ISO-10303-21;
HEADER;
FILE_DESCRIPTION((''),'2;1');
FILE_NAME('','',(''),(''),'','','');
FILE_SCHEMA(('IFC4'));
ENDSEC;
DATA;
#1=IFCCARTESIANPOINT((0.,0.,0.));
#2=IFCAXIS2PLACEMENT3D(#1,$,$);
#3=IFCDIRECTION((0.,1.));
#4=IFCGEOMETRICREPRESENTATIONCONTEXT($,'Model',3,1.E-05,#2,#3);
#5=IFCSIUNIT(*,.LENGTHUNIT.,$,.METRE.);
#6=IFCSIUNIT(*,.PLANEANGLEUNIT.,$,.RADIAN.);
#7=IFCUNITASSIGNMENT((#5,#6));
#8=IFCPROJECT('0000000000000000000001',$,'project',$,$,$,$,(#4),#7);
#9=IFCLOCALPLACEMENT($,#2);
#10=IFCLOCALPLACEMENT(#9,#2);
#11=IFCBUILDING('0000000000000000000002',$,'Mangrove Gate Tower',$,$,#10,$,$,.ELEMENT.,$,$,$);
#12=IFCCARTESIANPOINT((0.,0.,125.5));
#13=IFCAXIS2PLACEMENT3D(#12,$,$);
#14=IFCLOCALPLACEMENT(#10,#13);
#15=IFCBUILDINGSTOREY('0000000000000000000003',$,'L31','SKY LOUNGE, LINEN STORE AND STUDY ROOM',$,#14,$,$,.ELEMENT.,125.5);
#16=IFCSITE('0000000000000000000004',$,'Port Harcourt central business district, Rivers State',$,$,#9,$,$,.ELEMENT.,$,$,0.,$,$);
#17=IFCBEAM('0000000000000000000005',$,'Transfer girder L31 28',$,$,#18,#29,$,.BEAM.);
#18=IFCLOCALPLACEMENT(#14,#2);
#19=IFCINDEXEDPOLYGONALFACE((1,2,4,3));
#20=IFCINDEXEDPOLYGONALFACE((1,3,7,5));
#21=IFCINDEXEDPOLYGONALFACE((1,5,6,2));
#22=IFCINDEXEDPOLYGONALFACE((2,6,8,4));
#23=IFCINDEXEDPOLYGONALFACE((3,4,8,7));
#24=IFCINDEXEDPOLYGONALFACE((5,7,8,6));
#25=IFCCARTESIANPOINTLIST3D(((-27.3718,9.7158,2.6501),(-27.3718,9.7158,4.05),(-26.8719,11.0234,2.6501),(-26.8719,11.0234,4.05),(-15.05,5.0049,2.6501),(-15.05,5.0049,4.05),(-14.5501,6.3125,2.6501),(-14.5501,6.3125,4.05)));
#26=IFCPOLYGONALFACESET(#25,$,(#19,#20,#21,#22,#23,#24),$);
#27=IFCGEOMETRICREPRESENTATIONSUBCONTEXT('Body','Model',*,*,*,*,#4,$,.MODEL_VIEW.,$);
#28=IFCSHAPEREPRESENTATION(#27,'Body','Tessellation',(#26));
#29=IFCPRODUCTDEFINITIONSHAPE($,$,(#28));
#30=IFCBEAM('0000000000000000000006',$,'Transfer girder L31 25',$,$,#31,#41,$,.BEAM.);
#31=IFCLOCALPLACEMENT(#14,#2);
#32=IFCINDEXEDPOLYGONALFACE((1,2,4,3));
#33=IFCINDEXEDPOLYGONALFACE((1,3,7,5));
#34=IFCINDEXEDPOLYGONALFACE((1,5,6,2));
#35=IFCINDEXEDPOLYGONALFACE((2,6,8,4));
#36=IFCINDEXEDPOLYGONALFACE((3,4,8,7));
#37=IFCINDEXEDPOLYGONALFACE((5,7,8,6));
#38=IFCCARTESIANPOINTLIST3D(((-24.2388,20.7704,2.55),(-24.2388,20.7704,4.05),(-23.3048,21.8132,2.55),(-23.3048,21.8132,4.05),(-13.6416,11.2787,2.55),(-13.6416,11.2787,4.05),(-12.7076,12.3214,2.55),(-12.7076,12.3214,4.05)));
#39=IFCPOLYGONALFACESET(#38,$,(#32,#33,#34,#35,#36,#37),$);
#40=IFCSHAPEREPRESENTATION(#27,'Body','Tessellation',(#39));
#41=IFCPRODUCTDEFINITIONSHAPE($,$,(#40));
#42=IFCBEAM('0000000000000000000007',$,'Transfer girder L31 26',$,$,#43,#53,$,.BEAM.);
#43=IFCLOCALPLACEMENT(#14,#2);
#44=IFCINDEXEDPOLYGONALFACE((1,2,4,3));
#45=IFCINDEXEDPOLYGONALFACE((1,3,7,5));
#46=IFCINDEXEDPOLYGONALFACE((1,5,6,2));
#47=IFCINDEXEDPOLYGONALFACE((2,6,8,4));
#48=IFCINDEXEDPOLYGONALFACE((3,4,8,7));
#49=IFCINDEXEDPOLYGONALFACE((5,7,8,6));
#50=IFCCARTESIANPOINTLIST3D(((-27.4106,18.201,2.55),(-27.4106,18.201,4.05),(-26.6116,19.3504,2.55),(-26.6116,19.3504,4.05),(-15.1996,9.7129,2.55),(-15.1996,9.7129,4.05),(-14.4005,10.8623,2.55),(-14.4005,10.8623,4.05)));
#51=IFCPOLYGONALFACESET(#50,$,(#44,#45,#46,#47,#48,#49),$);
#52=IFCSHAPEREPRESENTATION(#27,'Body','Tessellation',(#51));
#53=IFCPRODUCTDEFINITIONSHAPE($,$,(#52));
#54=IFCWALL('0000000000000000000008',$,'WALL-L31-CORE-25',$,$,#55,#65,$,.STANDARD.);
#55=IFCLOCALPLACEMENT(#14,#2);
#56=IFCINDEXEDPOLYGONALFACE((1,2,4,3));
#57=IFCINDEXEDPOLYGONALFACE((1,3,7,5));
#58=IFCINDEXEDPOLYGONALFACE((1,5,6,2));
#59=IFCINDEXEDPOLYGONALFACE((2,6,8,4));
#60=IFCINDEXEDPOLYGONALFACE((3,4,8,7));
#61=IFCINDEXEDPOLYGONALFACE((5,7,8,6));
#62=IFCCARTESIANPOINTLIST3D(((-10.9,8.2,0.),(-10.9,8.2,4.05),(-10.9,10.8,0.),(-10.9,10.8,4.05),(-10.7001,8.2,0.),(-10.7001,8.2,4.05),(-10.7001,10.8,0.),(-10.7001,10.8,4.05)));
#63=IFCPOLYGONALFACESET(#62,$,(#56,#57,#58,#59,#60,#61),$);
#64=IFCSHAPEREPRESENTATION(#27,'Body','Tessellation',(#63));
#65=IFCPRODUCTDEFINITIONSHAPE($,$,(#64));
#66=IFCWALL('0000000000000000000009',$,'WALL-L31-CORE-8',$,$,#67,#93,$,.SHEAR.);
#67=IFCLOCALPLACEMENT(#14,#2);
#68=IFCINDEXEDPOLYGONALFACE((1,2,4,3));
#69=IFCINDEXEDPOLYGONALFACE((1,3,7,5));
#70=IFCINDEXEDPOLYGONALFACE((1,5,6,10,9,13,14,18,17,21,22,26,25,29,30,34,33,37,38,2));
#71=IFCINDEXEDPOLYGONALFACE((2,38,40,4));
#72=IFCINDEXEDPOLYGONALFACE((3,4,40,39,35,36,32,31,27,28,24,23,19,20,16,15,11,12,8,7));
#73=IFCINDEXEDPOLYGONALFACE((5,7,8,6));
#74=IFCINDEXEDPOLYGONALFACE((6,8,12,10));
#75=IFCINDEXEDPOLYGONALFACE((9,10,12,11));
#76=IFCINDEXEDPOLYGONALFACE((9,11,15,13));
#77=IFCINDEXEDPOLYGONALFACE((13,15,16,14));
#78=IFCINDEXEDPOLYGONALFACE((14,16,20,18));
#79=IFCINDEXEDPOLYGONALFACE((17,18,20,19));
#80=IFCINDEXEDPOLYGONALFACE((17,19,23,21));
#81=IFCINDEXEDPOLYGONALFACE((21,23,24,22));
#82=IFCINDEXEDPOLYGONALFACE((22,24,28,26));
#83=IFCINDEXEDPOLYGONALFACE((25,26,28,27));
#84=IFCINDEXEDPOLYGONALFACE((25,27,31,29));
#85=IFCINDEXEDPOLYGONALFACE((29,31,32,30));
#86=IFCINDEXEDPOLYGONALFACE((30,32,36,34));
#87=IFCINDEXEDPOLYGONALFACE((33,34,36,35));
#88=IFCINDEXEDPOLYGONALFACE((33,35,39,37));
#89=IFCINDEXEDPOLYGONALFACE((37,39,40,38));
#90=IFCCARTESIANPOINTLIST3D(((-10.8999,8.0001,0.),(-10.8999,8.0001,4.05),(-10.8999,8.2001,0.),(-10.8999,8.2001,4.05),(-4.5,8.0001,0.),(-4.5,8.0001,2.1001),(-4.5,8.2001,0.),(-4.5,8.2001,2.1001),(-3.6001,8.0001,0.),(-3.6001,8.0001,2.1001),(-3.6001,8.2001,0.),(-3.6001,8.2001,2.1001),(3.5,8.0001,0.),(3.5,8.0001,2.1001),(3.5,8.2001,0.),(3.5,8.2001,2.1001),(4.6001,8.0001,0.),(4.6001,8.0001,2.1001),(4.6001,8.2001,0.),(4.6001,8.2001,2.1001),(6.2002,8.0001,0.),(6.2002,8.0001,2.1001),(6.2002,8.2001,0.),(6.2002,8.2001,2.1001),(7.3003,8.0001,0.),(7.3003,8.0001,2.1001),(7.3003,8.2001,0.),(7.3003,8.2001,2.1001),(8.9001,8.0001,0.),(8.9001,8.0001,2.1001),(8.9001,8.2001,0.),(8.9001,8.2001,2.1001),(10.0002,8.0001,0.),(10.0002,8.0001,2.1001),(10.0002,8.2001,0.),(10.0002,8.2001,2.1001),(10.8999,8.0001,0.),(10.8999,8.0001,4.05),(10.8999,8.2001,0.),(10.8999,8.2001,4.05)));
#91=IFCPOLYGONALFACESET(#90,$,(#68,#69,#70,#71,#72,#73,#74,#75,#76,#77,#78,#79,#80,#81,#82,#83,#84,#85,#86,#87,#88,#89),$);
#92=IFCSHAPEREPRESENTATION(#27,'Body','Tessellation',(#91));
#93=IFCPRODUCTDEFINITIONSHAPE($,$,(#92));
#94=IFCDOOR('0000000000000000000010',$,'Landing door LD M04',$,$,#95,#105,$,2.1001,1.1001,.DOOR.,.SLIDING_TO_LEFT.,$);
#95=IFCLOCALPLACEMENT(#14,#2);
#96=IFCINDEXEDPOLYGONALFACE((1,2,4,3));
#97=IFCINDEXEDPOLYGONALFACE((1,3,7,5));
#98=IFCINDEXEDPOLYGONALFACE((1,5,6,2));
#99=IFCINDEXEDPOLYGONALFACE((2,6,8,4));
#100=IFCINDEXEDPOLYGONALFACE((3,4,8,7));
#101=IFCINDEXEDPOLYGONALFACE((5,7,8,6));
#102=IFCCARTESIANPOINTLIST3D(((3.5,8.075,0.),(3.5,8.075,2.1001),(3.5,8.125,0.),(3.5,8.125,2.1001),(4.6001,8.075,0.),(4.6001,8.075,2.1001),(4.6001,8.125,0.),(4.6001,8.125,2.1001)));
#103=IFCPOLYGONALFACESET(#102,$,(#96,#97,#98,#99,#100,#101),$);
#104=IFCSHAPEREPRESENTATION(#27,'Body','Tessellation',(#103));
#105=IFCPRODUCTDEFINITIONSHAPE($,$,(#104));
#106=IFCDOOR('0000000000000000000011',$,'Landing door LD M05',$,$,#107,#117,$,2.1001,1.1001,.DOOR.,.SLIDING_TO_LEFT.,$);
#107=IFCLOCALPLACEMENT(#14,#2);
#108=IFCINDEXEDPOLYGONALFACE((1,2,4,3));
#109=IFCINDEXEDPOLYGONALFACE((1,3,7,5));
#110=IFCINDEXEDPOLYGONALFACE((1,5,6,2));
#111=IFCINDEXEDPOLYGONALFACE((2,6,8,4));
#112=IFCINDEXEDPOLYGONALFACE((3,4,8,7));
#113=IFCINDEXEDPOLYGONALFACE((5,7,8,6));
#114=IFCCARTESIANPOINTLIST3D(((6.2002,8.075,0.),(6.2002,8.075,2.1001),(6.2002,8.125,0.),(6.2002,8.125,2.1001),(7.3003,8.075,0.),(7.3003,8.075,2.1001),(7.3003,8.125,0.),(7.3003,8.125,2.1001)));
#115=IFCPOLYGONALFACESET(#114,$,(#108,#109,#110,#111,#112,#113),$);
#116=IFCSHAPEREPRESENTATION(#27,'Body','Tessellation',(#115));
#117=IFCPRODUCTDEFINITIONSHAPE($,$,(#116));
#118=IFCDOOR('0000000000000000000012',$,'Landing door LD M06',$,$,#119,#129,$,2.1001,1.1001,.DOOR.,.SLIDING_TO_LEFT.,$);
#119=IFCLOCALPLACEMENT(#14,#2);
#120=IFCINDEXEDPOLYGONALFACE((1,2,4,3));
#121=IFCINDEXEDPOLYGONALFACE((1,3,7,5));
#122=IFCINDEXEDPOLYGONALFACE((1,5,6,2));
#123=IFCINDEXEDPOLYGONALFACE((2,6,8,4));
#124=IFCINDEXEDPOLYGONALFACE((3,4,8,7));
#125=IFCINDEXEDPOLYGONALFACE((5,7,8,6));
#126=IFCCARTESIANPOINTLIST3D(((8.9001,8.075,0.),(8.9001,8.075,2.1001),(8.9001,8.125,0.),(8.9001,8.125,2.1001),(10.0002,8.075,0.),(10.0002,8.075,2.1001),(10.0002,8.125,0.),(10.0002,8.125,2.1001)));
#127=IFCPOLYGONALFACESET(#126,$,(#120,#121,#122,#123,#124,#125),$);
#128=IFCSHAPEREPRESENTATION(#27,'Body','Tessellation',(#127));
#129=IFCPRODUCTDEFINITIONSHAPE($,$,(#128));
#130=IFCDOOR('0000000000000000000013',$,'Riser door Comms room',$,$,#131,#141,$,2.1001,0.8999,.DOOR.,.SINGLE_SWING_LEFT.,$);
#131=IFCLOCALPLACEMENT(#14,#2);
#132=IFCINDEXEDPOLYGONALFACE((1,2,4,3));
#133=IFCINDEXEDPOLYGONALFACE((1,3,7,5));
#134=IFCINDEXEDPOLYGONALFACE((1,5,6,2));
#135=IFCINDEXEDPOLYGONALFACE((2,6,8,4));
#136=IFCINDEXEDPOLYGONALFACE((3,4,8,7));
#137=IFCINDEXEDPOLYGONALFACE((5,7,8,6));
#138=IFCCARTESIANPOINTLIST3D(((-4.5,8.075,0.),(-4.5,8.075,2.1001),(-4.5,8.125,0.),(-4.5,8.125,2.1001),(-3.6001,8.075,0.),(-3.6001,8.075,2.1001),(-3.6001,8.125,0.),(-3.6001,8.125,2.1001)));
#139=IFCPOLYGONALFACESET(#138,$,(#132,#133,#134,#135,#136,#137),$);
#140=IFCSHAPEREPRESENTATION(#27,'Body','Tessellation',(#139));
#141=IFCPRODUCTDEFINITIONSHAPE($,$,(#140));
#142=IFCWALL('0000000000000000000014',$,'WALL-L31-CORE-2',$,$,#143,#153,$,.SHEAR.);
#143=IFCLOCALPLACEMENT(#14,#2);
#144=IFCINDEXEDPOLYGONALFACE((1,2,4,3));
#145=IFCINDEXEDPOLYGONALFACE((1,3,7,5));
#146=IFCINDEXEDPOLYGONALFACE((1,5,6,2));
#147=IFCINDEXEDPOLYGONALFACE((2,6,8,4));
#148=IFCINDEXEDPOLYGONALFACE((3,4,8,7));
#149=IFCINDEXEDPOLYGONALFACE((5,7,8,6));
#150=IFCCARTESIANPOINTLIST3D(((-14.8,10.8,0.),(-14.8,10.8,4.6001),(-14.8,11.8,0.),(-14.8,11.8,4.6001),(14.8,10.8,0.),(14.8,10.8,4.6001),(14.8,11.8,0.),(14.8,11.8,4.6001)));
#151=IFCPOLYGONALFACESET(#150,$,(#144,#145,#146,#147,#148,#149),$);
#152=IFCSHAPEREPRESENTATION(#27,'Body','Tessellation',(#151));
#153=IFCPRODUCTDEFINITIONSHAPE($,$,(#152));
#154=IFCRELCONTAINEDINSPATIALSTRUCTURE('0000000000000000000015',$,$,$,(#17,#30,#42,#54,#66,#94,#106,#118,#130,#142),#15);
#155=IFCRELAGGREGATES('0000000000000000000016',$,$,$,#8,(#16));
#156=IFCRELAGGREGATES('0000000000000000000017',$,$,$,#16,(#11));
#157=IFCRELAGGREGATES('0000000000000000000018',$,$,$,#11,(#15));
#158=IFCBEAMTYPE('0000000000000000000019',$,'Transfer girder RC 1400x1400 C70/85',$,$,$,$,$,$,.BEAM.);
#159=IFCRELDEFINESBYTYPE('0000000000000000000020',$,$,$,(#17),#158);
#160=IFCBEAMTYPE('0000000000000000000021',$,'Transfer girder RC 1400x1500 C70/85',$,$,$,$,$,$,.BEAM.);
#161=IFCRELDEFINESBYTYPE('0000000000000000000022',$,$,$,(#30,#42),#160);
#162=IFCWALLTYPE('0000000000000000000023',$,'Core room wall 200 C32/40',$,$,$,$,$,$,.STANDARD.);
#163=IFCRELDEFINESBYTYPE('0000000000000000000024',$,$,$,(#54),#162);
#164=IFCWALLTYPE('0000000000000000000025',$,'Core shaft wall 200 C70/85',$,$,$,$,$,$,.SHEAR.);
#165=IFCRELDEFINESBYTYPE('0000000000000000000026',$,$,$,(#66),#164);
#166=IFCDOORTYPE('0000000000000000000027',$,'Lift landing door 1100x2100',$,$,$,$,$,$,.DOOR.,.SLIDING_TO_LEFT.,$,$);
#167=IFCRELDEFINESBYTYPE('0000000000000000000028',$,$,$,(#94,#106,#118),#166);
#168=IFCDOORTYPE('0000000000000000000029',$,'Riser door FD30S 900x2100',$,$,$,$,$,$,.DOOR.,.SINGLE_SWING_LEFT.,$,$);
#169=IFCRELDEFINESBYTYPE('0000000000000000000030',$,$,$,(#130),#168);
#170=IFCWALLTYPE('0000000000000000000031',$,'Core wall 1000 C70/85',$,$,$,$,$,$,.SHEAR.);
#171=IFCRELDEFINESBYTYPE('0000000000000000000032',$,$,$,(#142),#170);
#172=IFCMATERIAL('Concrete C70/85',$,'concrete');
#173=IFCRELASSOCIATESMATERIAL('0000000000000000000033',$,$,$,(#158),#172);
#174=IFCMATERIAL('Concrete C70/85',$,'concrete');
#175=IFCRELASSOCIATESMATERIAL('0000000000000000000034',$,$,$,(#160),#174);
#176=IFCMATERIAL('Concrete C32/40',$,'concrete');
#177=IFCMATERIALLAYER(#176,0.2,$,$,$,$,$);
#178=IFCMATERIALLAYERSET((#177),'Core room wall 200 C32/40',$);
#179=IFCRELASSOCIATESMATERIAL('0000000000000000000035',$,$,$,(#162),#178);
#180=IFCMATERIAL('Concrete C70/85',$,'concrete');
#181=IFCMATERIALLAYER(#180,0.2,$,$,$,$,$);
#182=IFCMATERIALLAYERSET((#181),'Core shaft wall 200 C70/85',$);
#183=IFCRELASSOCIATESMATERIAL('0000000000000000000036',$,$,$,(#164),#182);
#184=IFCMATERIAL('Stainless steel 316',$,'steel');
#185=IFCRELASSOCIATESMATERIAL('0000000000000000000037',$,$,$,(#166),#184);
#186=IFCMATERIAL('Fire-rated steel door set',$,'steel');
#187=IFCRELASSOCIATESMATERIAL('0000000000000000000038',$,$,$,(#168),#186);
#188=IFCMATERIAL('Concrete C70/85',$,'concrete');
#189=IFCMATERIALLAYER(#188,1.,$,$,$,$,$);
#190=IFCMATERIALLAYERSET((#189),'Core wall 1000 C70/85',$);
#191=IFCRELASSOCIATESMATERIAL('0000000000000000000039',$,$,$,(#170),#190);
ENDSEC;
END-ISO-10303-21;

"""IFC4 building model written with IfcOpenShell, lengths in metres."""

from ifc_helpers import new_model, si_unit, direction, frame, frame_2d, origin, origin_2d, place, context, subcontext, project, spatial, rectangle, extrude, material, layer, layer_set, material_profile, profile_set, type_object, element, fill, save


model = new_model("IFC4")

# Units and contexts
model_context = context("Model", 3, precision=1e-05, world=origin(), true_north=direction((0.0, 1.0)))
body_context = subcontext(model_context, "Body", "Model", "MODEL_VIEW")
ifc_project = project(units=[si_unit("LENGTHUNIT", "METRE"), si_unit("PLANEANGLEUNIT", "RADIAN")], contexts=[model_context])

# Site, building, storey
site_placement = place(None, origin())
site = spatial("IfcSite", under=ifc_project, at=site_placement, Name="Port Harcourt central business district, Rivers State", CompositionType="ELEMENT", RefElevation=0.0)
building_placement = place(site_placement, origin())
building = spatial("IfcBuilding", under=site, at=building_placement, Name="Mangrove Gate Tower", CompositionType="ELEMENT")
storey_placement = place(building_placement, frame((0.0, 0.0, 125.5)))
storey = spatial("IfcBuildingStorey", under=building, at=storey_placement, Name="L31", Description="SKY LOUNGE, LINEN STORE AND STUDY ROOM", CompositionType="ELEMENT", Elevation=125.5)

# Beams
ifc_material_1 = material(Name="Concrete C70/85", Category="concrete")
ifc_material_profile_1 = material_profile(ifc_material_1, rectangle(XDim=1.3999, YDim=1.3999, at=origin_2d()))
ifc_profile_set_1 = profile_set([ifc_material_profile_1], Name="Concrete C70/85")
beam_type_1 = type_object("IfcBeamType", Name="Transfer girder RC 1400x1400 C70/85", PredefinedType="BEAM", material=ifc_profile_set_1)
beam_1_placement = place(storey_placement, frame((-14.8, 5.6587, 3.3501), z_axis=(-0.93406, 0.357116, 0.0), x_axis=(-0.357116, -0.93406, 0.0)))
element("IfcBeam", 1, at=beam_1_placement, inside=storey, type_object=beam_type_1, Name="Transfer girder L31 28", PredefinedType="BEAM", context=body_context, shape_type="SweptSolid", body=[
    extrude(rectangle(XDim=1.3999, YDim=1.3999, at=origin_2d()), origin(), (0.0, 0.0, 1.0), 13.1917),
])
ifc_material_2 = material(Name="Concrete C70/85", Category="concrete")
ifc_material_profile_2 = material_profile(ifc_material_2, rectangle(XDim=1.3999, YDim=1.5, at=origin_2d()))
ifc_profile_set_2 = profile_set([ifc_material_profile_2], Name="Concrete C70/85")
beam_type_2 = type_object("IfcBeamType", Name="Transfer girder RC 1400x1500 C70/85", PredefinedType="BEAM", material=ifc_profile_set_2)
beam_2_placement = place(storey_placement, frame((-13.1746, 11.8, 3.3), z_axis=(-0.744891, 0.667186, 0.0), x_axis=(-0.667186, -0.744891, 0.0)))
element("IfcBeam", 2, at=beam_2_placement, inside=storey, type_object=beam_type_2, Name="Transfer girder L31 25", PredefinedType="BEAM", context=body_context, shape_type="SweptSolid", body=[
    extrude(rectangle(XDim=1.3999, YDim=1.5, at=origin_2d()), origin(), (0.0, 0.0, 1.0), 14.2266),
])
beam_3_placement = place(storey_placement, frame((-14.8, 10.2876, 3.3), z_axis=(-0.821111, 0.570769, 0.0), x_axis=(-0.570769, -0.821111, 0.0)))
element("IfcBeam", 3, at=beam_3_placement, inside=storey, type_object=beam_type_2, Name="Transfer girder L31 26", PredefinedType="BEAM", context=body_context, shape_type="SweptSolid", body=[
    extrude(rectangle(XDim=1.3999, YDim=1.5, at=origin_2d()), origin(), (0.0, 0.0, 1.0), 14.8713),
])

# Wall
ifc_material_3 = material(Name="Concrete C32/40", Category="concrete")
ifc_layer_1 = layer(ifc_material_3, 0.2)
ifc_layer_set_1 = layer_set([ifc_layer_1], Name="Core room wall 200 C32/40")
wall_type_1 = type_object("IfcWallType", Name="Core room wall 200 C32/40", PredefinedType="STANDARD", material=ifc_layer_set_1)
wall_1_placement = place(storey_placement, frame((-10.8, 8.2, 0.0), z_axis=(0.0, 0.0, 1.0), x_axis=(0.0, 1.0, 0.0)))
element("IfcWall", 4, at=wall_1_placement, inside=storey, type_object=wall_type_1, Name="WALL-L31-CORE-25", PredefinedType="STANDARD", context=body_context, shape_type="SweptSolid", body=[
    extrude(rectangle(XDim=2.6001, YDim=0.2, at=frame_2d((1.3, 0.0))), origin(), (0.0, 0.0, 1.0), 4.05),
])

# Wall, openings, doors
ifc_material_4 = material(Name="Concrete C70/85", Category="concrete")
ifc_layer_2 = layer(ifc_material_4, 0.2)
ifc_layer_set_2 = layer_set([ifc_layer_2], Name="Core shaft wall 200 C70/85")
wall_type_2 = type_object("IfcWallType", Name="Core shaft wall 200 C70/85", PredefinedType="SHEAR", material=ifc_layer_set_2)
wall_2_placement = place(storey_placement, frame((-10.8999, 8.1001, 0.0), z_axis=(0.0, 0.0, 1.0), x_axis=(1.0, 0.0, 0.0)))
wall_2 = element("IfcWall", 5, at=wall_2_placement, inside=storey, type_object=wall_type_2, Name="WALL-L31-CORE-8", PredefinedType="SHEAR", context=body_context, shape_type="SweptSolid", body=[
    extrude(rectangle(XDim=21.7998, YDim=0.2, at=frame_2d((10.8999, 0.0))), origin(), (0.0, 0.0, 1.0), 4.05),
])
opening_1_placement = place(wall_2_placement, frame((14.3999, 0.0, 0.0)))
opening_1 = element("IfcOpeningElement", 6, at=opening_1_placement, cuts=wall_2, PredefinedType="OPENING", context=body_context, shape_type="SweptSolid", body=[
    extrude(rectangle(XDim=1.1001, YDim=2.1001, at=frame_2d((0.55, 1.05))), frame((0.0, 0.1099, 0.0), z_axis=(0.0, -1.0, 0.0), x_axis=(1.0, 0.0, 0.0)), (0.0, 0.0, 1.0), 0.22),
])
opening_2_placement = place(wall_2_placement, frame((17.1001, 0.0, 0.0)))
opening_2 = element("IfcOpeningElement", 7, at=opening_2_placement, cuts=wall_2, PredefinedType="OPENING", context=body_context, shape_type="SweptSolid", body=[
    extrude(rectangle(XDim=1.1001, YDim=2.1001, at=frame_2d((0.55, 1.05))), frame((0.0, 0.1099, 0.0), z_axis=(0.0, -1.0, 0.0), x_axis=(1.0, 0.0, 0.0)), (0.0, 0.0, 1.0), 0.22),
])
opening_3_placement = place(wall_2_placement, frame((19.8, 0.0, 0.0)))
opening_3 = element("IfcOpeningElement", 8, at=opening_3_placement, cuts=wall_2, PredefinedType="OPENING", context=body_context, shape_type="SweptSolid", body=[
    extrude(rectangle(XDim=1.1001, YDim=2.1001, at=frame_2d((0.55, 1.05))), frame((0.0, 0.1099, 0.0), z_axis=(0.0, -1.0, 0.0), x_axis=(1.0, 0.0, 0.0)), (0.0, 0.0, 1.0), 0.22),
])
opening_4_placement = place(wall_2_placement, frame((6.3999, 0.0, 0.0)))
opening_4 = element("IfcOpeningElement", 9, at=opening_4_placement, cuts=wall_2, PredefinedType="OPENING", context=body_context, shape_type="SweptSolid", body=[
    extrude(rectangle(XDim=0.8999, YDim=2.1001, at=frame_2d((0.45, 1.05))), frame((0.0, 0.1099, 0.0), z_axis=(0.0, -1.0, 0.0), x_axis=(1.0, 0.0, 0.0)), (0.0, 0.0, 1.0), 0.22),
])
ifc_material_5 = material(Name="Stainless steel 316", Category="steel")
door_type_1 = type_object("IfcDoorType", Name="Lift landing door 1100x2100", OperationType="SLIDING_TO_LEFT", PredefinedType="DOOR", material=ifc_material_5)
door_1_placement = place(opening_1_placement, origin())
door_1 = element("IfcDoor", 10, at=door_1_placement, inside=storey, type_object=door_type_1, Name="Landing door LD M04", OperationType="SLIDING_TO_LEFT", OverallHeight=2.1001, OverallWidth=1.1001, PredefinedType="DOOR", context=body_context, shape_type="SweptSolid", body=[
    extrude(rectangle(XDim=1.1001, YDim=2.1001, at=frame_2d((0.55, 1.05))), frame((0.0, 0.0249, 0.0), z_axis=(0.0, -1.0, 0.0), x_axis=(1.0, 0.0, 0.0)), (0.0, 0.0, 1.0), 0.05),
])
fill(opening_1, door_1)
door_2_placement = place(opening_2_placement, origin())
door_2 = element("IfcDoor", 11, at=door_2_placement, inside=storey, type_object=door_type_1, Name="Landing door LD M05", OperationType="SLIDING_TO_LEFT", OverallHeight=2.1001, OverallWidth=1.1001, PredefinedType="DOOR", context=body_context, shape_type="SweptSolid", body=[
    extrude(rectangle(XDim=1.1001, YDim=2.1001, at=frame_2d((0.55, 1.05))), frame((0.0, 0.0249, 0.0), z_axis=(0.0, -1.0, 0.0), x_axis=(1.0, 0.0, 0.0)), (0.0, 0.0, 1.0), 0.05),
])
fill(opening_2, door_2)
door_3_placement = place(opening_3_placement, origin())
door_3 = element("IfcDoor", 12, at=door_3_placement, inside=storey, type_object=door_type_1, Name="Landing door LD M06", OperationType="SLIDING_TO_LEFT", OverallHeight=2.1001, OverallWidth=1.1001, PredefinedType="DOOR", context=body_context, shape_type="SweptSolid", body=[
    extrude(rectangle(XDim=1.1001, YDim=2.1001, at=frame_2d((0.55, 1.05))), frame((0.0, 0.0249, 0.0), z_axis=(0.0, -1.0, 0.0), x_axis=(1.0, 0.0, 0.0)), (0.0, 0.0, 1.0), 0.05),
])
fill(opening_3, door_3)
ifc_material_6 = material(Name="Fire-rated steel door set", Category="steel")
door_type_2 = type_object("IfcDoorType", Name="Riser door FD30S 900x2100", OperationType="SINGLE_SWING_LEFT", PredefinedType="DOOR", material=ifc_material_6)
door_4_placement = place(opening_4_placement, origin())
door_4 = element("IfcDoor", 13, at=door_4_placement, inside=storey, type_object=door_type_2, Name="Riser door Comms room", OperationType="SINGLE_SWING_LEFT", OverallHeight=2.1001, OverallWidth=0.8999, PredefinedType="DOOR", context=body_context, shape_type="SweptSolid", body=[
    extrude(rectangle(XDim=0.8999, YDim=2.1001, at=frame_2d((0.45, 1.05))), frame((0.0, 0.0249, 0.0), z_axis=(0.0, -1.0, 0.0), x_axis=(1.0, 0.0, 0.0)), (0.0, 0.0, 1.0), 0.05),
])
fill(opening_4, door_4)

# Wall
ifc_material_7 = material(Name="Concrete C70/85", Category="concrete")
ifc_layer_3 = layer(ifc_material_7, 1.0)
ifc_layer_set_3 = layer_set([ifc_layer_3], Name="Core wall 1000 C70/85")
wall_type_3 = type_object("IfcWallType", Name="Core wall 1000 C70/85", PredefinedType="SHEAR", material=ifc_layer_set_3)
wall_3_placement = place(storey_placement, frame((-14.8, 11.3, 0.0), z_axis=(0.0, 0.0, 1.0), x_axis=(1.0, 0.0, 0.0)))
element("IfcWall", 14, at=wall_3_placement, inside=storey, type_object=wall_type_3, Name="WALL-L31-CORE-2", PredefinedType="SHEAR", context=body_context, shape_type="SweptSolid", body=[
    extrude(rectangle(XDim=29.6001, YDim=1.0, at=frame_2d((14.8, 0.0))), origin(), (0.0, 0.0, 1.0), 4.6001),
])

save(model, "model.ifc")
